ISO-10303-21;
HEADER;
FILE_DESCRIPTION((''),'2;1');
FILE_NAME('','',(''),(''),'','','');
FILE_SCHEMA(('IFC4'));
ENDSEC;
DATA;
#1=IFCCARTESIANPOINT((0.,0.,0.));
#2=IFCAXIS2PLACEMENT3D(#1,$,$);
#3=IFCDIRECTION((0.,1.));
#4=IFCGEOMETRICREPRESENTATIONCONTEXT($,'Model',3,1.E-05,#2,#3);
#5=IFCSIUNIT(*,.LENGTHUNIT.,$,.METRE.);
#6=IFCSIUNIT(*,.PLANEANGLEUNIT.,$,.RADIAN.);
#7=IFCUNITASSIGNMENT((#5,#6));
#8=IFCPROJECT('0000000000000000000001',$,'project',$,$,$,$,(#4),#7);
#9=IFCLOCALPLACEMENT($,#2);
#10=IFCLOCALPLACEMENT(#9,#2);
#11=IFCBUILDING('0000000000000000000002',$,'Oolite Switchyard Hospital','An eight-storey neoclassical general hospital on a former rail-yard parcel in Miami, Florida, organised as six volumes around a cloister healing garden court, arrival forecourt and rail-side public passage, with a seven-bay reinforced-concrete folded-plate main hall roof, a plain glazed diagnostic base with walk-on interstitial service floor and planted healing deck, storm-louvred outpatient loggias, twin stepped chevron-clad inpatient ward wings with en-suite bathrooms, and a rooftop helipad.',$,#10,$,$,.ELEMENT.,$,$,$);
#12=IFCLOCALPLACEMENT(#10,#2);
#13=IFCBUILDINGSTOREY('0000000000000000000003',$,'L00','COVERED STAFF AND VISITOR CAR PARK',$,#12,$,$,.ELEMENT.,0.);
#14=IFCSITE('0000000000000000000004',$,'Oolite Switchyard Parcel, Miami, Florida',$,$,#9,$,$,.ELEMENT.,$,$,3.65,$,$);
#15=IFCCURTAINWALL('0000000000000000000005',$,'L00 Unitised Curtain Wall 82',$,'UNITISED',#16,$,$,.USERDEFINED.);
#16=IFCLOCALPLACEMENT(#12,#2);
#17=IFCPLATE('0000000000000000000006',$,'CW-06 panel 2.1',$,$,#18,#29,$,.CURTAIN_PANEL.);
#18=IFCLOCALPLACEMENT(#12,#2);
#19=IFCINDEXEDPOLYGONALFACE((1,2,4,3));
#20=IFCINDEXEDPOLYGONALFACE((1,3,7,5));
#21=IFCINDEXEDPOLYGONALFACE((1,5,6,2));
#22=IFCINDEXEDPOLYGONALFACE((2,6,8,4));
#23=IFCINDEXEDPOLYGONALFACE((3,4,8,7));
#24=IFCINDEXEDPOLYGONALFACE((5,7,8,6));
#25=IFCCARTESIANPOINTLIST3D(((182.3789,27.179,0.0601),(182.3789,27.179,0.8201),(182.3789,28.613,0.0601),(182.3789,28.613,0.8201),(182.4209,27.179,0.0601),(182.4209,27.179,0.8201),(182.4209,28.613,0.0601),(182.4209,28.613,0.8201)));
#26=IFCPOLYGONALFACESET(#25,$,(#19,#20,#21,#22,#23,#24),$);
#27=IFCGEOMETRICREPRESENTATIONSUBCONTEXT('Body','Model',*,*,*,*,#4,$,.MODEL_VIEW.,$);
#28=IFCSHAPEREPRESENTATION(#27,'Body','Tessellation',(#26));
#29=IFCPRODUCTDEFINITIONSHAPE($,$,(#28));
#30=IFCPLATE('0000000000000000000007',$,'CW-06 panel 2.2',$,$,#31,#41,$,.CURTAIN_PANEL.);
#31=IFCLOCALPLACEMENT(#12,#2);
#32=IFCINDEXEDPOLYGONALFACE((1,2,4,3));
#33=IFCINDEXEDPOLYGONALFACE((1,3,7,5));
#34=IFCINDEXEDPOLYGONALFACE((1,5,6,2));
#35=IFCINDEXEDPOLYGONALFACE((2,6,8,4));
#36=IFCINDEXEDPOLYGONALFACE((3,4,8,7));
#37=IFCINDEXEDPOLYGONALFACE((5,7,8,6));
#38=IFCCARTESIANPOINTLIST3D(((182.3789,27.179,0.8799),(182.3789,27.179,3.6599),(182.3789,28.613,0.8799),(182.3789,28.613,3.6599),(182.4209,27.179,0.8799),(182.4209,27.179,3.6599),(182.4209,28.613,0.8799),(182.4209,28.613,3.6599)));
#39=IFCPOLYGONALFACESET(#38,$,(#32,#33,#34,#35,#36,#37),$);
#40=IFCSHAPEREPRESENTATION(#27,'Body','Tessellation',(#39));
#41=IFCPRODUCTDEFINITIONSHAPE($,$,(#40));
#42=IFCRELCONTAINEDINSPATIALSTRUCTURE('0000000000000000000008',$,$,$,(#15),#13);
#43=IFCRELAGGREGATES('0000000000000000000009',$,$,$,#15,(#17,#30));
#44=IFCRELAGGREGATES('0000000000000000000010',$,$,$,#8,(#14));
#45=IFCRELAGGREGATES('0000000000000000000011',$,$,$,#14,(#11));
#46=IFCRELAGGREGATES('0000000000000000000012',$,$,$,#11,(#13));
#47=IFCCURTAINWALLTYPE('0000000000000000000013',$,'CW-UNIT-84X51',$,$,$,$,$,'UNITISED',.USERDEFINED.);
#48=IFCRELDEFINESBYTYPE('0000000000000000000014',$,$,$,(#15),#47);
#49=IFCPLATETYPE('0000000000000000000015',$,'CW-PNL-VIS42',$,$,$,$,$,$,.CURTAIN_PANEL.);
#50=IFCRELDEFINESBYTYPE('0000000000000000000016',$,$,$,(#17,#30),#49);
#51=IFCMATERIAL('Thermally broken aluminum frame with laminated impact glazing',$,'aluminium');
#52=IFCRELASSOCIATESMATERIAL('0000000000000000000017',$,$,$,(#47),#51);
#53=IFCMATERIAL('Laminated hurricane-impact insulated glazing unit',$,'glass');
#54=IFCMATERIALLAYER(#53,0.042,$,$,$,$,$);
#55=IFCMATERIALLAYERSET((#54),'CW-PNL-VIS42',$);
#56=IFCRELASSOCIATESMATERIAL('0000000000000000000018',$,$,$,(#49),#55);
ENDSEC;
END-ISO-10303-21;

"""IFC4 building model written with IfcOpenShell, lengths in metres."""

from ifc_helpers import new_model, si_unit, direction, frame, origin, origin_2d, place, context, subcontext, project, spatial, rectangle, extrude, material, layer, layer_set, type_object, element, aggregate, save


model = new_model("IFC4")

# Units and contexts
model_context = context("Model", 3, precision=1e-05, world=origin(), true_north=direction((0.0, 1.0)))
body_context = subcontext(model_context, "Body", "Model", "MODEL_VIEW")
ifc_project = project(units=[si_unit("LENGTHUNIT", "METRE"), si_unit("PLANEANGLEUNIT", "RADIAN")], contexts=[model_context])

# Site, building, storey
site_placement = place(None, origin())
site = spatial("IfcSite", under=ifc_project, at=site_placement, Name="Oolite Switchyard Parcel, Miami, Florida", CompositionType="ELEMENT", RefElevation=3.65)
building_placement = place(site_placement, origin())
building = spatial("IfcBuilding", under=site, at=building_placement, Name="Oolite Switchyard Hospital", Description="An eight-storey neoclassical general hospital on a former rail-yard parcel in Miami, Florida, organised as six volumes around a cloister healing garden court, arrival forecourt and rail-side public passage, with a seven-bay reinforced-concrete folded-plate main hall roof, a plain glazed diagnostic base with walk-on interstitial service floor and planted healing deck, storm-louvred outpatient loggias, twin stepped chevron-clad inpatient ward wings with en-suite bathrooms, and a rooftop helipad.", CompositionType="ELEMENT")
storey_placement = place(building_placement, origin())
storey = spatial("IfcBuildingStorey", under=building, at=storey_placement, Name="L00", Description="COVERED STAFF AND VISITOR CAR PARK", CompositionType="ELEMENT", Elevation=0.0)

# Shared definitions
ifc_material_1 = material(Name="Thermally broken aluminum frame with laminated impact glazing", Category="aluminium")

# Curtain wall
curtain_wall_type_1 = type_object("IfcCurtainWallType", Name="CW-UNIT-84X51", ElementType="UNITISED", PredefinedType="USERDEFINED", material=ifc_material_1)
curtain_wall_1_placement = place(storey_placement, origin())
curtain_wall_1 = element("IfcCurtainWall", 1, at=curtain_wall_1_placement, inside=storey, type_object=curtain_wall_type_1, Name="L00 Unitised Curtain Wall 82", ObjectType="UNITISED", PredefinedType="USERDEFINED")

# Plates
ifc_material_2 = material(Name="Laminated hurricane-impact insulated glazing unit", Category="glass")
ifc_layer_1 = layer(ifc_material_2, 0.042)
ifc_layer_set_1 = layer_set([ifc_layer_1], Name="CW-PNL-VIS42")
plate_type_1 = type_object("IfcPlateType", Name="CW-PNL-VIS42", PredefinedType="CURTAIN_PANEL", material=ifc_layer_set_1)
plate_1_placement = place(storey_placement, frame((182.3999, 27.896, 0.0601), z_axis=(0.0, 0.0, 1.0), x_axis=(0.0, 1.0, 0.0)))
plate_1 = element("IfcPlate", 2, at=plate_1_placement, type_object=plate_type_1, Name="CW-06 panel 2.1", PredefinedType="CURTAIN_PANEL", context=body_context, shape_type="SweptSolid", body=[
    extrude(rectangle(XDim=1.4341, YDim=0.042, at=origin_2d()), origin(), (0.0, 0.0, 1.0), 0.76),
])
plate_2_placement = place(storey_placement, frame((182.3999, 27.896, 0.8799), z_axis=(0.0, 0.0, 1.0), x_axis=(0.0, 1.0, 0.0)))
plate_2 = element("IfcPlate", 3, at=plate_2_placement, type_object=plate_type_1, Name="CW-06 panel 2.2", PredefinedType="CURTAIN_PANEL", context=body_context, shape_type="SweptSolid", body=[
    extrude(rectangle(XDim=1.4341, YDim=0.042, at=origin_2d()), origin(), (0.0, 0.0, 1.0), 2.78),
])
aggregate(curtain_wall_1, [plate_1, plate_2])

save(model, "model.ifc")
